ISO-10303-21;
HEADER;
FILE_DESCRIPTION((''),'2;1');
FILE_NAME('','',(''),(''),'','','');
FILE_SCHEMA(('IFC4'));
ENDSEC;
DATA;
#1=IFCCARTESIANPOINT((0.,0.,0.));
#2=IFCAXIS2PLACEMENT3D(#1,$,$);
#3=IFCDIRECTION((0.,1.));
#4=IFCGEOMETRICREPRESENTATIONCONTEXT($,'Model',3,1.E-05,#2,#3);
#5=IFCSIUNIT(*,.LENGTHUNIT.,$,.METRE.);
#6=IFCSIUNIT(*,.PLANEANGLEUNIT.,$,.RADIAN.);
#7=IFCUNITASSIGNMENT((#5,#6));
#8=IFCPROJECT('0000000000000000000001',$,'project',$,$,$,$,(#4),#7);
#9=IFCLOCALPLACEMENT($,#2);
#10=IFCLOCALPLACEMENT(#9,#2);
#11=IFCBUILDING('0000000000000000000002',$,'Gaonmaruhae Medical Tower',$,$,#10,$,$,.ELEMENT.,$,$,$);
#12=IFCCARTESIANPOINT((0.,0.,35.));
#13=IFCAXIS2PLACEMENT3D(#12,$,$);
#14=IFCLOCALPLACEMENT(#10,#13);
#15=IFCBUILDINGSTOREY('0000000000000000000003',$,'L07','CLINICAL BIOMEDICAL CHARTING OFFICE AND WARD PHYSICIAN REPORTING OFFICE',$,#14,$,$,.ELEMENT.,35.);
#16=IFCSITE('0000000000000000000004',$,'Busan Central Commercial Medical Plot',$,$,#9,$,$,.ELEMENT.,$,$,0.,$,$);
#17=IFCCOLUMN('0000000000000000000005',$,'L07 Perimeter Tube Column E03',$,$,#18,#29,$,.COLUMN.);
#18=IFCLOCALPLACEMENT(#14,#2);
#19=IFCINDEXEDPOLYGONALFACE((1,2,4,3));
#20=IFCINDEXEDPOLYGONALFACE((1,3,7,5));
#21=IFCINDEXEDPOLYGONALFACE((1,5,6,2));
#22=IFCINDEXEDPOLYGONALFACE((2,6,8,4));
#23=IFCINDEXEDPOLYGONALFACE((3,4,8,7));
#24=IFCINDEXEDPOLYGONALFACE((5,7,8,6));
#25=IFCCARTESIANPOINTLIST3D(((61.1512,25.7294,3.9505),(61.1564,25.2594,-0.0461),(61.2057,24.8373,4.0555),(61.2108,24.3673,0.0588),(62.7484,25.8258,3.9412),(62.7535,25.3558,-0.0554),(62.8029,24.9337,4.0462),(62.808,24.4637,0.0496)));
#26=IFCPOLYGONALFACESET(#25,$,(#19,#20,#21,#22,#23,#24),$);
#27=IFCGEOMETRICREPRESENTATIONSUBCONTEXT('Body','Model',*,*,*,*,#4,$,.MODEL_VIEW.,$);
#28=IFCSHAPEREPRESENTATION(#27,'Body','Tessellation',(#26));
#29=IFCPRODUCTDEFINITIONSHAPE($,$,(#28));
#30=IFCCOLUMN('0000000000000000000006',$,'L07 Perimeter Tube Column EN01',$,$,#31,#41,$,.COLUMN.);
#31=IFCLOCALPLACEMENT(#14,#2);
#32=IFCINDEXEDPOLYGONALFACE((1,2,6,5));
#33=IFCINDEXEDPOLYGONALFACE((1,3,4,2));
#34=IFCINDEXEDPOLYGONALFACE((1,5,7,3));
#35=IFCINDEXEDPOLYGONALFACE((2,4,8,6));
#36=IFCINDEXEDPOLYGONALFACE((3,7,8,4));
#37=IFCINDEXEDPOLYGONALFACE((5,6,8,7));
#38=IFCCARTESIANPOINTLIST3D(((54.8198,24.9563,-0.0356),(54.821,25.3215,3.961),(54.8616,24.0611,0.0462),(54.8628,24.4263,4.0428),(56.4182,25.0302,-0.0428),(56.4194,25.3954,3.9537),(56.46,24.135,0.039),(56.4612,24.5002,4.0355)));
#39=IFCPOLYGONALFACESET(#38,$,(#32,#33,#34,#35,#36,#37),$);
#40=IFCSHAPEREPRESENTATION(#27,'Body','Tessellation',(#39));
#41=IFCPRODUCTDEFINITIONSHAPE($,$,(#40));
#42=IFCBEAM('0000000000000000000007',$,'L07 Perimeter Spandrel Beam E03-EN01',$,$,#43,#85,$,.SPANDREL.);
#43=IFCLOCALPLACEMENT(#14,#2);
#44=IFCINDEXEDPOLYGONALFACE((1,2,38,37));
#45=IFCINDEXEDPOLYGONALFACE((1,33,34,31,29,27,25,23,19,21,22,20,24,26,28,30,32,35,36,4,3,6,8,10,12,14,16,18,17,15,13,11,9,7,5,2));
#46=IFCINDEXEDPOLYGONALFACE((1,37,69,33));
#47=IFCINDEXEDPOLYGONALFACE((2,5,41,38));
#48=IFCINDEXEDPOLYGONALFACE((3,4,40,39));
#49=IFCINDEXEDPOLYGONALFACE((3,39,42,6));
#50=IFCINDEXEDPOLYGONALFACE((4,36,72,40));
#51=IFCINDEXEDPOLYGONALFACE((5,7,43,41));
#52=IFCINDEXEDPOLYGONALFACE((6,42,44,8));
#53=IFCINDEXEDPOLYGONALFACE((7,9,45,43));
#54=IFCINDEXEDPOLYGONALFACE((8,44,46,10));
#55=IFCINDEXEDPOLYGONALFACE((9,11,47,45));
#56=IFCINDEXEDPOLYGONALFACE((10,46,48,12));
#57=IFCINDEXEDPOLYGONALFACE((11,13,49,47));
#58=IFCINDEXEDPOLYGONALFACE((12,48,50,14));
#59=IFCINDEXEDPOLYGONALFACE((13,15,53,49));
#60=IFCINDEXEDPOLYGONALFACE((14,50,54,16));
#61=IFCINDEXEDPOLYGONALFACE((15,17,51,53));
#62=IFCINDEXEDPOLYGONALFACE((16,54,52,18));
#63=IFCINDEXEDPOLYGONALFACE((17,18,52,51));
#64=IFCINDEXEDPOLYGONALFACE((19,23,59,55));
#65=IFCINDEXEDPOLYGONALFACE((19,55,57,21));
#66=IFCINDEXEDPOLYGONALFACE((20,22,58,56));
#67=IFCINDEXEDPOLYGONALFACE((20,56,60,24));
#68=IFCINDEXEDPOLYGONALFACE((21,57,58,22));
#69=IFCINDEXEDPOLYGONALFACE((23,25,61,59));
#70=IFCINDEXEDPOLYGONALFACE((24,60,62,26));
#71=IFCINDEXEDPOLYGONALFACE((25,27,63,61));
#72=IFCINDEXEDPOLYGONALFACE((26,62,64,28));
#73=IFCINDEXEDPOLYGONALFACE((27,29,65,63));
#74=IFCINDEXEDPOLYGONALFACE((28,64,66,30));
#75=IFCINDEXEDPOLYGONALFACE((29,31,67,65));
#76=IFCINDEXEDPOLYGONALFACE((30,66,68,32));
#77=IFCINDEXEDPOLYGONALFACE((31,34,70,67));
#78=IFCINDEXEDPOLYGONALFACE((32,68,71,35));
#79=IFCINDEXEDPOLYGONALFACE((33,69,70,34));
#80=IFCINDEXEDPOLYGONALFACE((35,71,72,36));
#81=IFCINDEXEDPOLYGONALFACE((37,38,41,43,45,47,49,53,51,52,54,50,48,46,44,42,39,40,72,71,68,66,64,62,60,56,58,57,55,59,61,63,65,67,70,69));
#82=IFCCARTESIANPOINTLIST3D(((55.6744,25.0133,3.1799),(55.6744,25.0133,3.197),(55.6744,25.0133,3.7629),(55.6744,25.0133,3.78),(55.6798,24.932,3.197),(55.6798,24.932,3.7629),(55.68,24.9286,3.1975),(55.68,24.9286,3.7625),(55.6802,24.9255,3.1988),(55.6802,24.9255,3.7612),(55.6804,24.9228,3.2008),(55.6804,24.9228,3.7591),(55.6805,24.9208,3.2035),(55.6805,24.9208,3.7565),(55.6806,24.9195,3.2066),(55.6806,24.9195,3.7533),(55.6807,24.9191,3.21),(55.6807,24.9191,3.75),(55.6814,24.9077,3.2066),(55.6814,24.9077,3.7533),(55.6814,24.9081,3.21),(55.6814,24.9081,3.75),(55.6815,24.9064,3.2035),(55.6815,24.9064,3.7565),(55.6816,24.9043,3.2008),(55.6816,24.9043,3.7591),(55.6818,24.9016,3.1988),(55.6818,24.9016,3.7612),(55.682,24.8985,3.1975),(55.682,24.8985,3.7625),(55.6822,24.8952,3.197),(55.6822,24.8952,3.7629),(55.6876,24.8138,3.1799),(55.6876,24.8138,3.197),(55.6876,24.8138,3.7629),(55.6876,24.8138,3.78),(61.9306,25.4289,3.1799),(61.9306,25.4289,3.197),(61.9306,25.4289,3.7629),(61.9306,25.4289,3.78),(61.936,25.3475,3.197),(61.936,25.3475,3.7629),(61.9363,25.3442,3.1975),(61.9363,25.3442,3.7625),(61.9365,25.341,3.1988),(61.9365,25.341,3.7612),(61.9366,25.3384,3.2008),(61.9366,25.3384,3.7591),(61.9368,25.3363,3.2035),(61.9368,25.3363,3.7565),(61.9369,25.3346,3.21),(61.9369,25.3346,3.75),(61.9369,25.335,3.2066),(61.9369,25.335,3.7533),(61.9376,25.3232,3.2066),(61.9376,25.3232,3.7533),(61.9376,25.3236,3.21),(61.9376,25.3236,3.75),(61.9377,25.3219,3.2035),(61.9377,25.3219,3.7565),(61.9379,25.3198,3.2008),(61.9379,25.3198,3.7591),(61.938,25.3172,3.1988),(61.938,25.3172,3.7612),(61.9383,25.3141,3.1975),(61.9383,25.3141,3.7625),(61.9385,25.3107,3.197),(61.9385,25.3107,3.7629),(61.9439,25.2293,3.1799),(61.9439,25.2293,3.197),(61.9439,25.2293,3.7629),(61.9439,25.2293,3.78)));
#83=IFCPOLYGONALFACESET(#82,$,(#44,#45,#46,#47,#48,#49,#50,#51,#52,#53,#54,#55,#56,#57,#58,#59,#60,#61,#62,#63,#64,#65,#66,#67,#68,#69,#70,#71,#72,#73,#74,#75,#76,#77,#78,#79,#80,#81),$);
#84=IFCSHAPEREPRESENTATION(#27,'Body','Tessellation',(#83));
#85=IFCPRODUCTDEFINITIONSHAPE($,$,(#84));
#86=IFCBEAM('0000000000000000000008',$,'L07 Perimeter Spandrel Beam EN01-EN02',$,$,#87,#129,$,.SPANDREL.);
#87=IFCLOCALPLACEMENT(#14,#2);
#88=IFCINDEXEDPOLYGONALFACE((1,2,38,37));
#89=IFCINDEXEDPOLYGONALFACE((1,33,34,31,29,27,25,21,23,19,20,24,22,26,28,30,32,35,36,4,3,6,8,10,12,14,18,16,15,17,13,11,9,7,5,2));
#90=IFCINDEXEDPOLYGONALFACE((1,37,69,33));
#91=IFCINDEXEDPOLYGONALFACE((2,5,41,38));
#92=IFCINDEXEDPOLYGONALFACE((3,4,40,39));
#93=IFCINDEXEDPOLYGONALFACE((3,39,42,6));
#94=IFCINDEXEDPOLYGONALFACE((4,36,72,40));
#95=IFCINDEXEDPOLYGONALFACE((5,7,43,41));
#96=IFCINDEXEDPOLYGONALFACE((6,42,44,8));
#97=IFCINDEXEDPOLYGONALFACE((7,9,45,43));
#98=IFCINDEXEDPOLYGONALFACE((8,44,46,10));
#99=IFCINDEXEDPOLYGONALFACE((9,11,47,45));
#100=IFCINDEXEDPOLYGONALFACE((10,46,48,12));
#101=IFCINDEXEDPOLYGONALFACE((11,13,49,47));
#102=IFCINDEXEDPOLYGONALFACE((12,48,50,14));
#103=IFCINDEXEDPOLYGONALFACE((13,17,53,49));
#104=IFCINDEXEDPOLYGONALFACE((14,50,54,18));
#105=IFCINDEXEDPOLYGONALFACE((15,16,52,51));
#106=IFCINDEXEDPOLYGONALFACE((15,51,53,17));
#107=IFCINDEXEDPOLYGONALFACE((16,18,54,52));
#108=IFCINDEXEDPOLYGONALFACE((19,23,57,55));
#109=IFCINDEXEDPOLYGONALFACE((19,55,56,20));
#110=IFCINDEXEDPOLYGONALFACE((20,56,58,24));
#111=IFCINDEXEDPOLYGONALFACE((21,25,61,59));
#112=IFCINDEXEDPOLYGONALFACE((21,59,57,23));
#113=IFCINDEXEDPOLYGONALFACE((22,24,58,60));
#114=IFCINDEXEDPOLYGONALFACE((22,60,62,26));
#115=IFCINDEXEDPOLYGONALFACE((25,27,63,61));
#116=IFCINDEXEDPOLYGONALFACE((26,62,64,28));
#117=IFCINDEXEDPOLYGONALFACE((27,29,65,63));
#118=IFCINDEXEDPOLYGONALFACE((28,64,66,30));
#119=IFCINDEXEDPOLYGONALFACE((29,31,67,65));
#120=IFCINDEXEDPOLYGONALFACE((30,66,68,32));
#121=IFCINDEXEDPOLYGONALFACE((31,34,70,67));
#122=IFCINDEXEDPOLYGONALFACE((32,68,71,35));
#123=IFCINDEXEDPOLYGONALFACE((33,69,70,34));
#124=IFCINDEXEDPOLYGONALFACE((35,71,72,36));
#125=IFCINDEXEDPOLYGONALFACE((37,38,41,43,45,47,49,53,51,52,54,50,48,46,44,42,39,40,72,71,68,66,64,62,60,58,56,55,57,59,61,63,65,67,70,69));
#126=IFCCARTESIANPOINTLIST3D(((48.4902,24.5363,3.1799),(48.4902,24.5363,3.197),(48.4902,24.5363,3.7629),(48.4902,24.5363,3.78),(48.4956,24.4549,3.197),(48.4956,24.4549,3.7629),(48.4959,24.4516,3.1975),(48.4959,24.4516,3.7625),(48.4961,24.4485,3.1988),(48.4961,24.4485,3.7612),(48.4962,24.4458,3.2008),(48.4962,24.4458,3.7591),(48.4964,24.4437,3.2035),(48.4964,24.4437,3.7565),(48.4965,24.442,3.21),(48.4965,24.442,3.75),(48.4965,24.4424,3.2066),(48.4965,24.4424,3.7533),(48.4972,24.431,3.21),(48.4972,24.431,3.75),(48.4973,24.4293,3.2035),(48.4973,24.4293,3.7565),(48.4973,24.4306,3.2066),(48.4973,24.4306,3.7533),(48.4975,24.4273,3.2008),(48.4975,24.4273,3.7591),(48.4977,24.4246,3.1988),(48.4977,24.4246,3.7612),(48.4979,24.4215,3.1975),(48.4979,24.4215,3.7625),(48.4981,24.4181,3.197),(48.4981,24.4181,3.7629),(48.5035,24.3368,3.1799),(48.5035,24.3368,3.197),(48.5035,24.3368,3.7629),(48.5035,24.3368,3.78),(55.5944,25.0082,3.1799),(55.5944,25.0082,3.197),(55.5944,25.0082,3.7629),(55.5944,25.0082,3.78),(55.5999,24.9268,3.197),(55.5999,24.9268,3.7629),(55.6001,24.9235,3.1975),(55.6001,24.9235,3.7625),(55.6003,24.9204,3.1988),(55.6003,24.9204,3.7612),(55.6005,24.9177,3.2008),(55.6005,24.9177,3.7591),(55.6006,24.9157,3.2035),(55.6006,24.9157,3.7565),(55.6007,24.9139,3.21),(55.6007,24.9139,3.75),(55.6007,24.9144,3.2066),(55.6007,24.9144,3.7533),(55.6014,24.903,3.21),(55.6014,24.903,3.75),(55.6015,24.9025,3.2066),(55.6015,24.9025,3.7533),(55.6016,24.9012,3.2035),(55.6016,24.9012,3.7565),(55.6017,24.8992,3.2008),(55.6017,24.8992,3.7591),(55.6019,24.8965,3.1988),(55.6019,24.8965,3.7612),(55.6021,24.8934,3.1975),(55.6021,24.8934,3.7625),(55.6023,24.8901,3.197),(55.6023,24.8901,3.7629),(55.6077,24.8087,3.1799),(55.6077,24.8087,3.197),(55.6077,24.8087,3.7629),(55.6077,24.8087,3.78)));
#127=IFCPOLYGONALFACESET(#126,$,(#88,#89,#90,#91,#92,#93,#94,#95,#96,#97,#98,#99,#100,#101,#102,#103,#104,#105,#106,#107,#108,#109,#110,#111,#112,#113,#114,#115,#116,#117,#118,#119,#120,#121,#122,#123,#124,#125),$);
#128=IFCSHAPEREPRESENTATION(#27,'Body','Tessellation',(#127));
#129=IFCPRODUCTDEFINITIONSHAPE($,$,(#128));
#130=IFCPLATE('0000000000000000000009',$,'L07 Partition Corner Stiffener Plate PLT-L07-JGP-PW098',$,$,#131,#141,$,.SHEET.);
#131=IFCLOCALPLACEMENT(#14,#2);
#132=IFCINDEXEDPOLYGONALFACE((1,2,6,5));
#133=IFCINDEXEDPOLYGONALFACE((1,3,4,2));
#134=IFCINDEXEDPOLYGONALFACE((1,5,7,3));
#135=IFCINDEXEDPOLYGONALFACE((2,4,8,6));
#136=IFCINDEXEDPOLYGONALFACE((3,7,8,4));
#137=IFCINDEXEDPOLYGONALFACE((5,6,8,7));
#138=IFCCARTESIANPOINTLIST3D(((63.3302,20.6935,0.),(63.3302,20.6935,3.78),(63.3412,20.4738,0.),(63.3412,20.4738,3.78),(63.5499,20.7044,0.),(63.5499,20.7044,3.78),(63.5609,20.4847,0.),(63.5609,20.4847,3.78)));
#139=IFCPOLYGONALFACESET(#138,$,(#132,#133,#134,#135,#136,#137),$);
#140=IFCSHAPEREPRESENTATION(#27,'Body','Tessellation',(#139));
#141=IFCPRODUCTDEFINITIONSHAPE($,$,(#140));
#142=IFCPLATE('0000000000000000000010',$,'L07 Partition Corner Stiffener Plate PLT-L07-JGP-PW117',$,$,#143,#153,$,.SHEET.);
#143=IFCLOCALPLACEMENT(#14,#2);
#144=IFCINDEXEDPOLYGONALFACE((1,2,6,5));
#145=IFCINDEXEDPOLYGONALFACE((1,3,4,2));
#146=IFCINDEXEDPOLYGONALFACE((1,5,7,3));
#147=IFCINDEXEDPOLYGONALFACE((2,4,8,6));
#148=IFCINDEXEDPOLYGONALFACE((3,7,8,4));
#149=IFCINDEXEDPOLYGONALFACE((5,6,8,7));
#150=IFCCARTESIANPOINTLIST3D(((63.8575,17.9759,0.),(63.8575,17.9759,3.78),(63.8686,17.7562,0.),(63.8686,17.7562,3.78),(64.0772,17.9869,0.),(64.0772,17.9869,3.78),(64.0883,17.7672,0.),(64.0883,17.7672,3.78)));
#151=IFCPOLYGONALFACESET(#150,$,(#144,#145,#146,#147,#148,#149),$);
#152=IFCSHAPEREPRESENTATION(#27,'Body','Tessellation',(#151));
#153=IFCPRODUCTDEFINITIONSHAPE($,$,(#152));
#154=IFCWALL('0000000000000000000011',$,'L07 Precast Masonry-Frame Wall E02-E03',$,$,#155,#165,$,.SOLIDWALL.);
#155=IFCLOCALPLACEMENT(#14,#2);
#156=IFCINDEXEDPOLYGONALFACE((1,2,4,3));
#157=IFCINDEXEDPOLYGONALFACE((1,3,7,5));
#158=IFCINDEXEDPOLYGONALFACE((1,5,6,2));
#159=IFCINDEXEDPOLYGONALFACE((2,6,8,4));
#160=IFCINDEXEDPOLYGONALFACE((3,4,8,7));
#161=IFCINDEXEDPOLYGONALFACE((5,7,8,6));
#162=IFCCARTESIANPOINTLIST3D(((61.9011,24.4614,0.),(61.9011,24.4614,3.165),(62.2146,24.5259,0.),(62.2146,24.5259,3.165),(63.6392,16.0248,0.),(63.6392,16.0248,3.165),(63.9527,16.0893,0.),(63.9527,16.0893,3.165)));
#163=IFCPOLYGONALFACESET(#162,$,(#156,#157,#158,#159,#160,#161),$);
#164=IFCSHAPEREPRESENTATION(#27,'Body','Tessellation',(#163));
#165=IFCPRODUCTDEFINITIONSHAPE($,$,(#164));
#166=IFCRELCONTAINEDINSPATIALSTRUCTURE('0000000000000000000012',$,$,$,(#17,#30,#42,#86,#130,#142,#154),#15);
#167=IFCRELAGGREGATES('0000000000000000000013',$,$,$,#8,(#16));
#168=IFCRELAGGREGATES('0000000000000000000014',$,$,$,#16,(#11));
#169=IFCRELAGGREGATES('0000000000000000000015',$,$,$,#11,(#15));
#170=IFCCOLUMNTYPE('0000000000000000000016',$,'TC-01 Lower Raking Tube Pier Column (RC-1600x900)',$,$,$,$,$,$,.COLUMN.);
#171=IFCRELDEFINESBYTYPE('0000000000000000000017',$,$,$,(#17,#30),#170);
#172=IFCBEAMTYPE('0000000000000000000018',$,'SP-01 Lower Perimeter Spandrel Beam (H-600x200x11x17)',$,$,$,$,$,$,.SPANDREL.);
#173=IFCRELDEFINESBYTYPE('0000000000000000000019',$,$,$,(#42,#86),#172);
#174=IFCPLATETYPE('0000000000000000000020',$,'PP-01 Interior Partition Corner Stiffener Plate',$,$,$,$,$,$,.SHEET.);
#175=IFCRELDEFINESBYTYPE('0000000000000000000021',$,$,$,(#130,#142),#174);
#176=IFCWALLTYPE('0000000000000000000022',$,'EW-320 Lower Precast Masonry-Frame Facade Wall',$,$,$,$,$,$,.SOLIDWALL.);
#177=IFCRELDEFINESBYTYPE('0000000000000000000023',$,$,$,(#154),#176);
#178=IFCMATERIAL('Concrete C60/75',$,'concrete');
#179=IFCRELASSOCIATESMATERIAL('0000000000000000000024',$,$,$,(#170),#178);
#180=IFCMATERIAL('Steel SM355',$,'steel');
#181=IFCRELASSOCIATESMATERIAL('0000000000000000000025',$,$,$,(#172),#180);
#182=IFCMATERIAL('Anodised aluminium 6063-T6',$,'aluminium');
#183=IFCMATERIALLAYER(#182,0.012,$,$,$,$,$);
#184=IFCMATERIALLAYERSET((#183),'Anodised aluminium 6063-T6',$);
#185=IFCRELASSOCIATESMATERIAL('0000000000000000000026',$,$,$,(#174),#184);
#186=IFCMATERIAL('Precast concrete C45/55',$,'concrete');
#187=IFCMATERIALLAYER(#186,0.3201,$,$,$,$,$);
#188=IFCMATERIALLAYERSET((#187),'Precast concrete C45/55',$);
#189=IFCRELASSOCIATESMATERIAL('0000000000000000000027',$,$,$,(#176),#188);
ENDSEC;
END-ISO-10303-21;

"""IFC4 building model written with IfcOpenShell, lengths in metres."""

from ifc_helpers import new_model, si_unit, direction, frame, frame_2d, origin, origin_2d, place, context, subcontext, project, spatial, rectangle, i_section, extrude, material, layer, layer_set, material_profile, profile_set, type_object, element, save


model = new_model("IFC4")

# Units and contexts
model_context = context("Model", 3, precision=1e-05, world=origin(), true_north=direction((0.0, 1.0)))
body_context = subcontext(model_context, "Body", "Model", "MODEL_VIEW")
ifc_project = project(units=[si_unit("LENGTHUNIT", "METRE"), si_unit("PLANEANGLEUNIT", "RADIAN")], contexts=[model_context])

# Site, building, storey
site_placement = place(None, origin())
site = spatial("IfcSite", under=ifc_project, at=site_placement, Name="Busan Central Commercial Medical Plot", CompositionType="ELEMENT", RefElevation=0.0)
building_placement = place(site_placement, origin())
building = spatial("IfcBuilding", under=site, at=building_placement, Name="Gaonmaruhae Medical Tower", CompositionType="ELEMENT")
storey_placement = place(building_placement, frame((0.0, 0.0, 35.0)))
storey = spatial("IfcBuildingStorey", under=building, at=storey_placement, Name="L07", Description="CLINICAL BIOMEDICAL CHARTING OFFICE AND WARD PHYSICIAN REPORTING OFFICE", CompositionType="ELEMENT", Elevation=35.0)

# Columns
ifc_material_1 = material(Name="Concrete C60/75", Category="concrete")
ifc_material_profile_1 = material_profile(ifc_material_1, rectangle(XDim=1.6001, YDim=0.8999, at=origin_2d()), Name="RC-1600x900")
ifc_profile_set_1 = profile_set([ifc_material_profile_1], Name="Concrete C60/75")
column_type = type_object("IfcColumnType", Name="TC-01 Lower Raking Tube Pier Column (RC-1600x900)", PredefinedType="COLUMN", material=ifc_profile_set_1)
column_1_placement = place(storey_placement, frame((61.9822, 24.8616, 0.0017), z_axis=(-0.001274, 0.116788, 0.993156), x_axis=(-0.998165, -0.060273, 0.005807)))
element("IfcColumn", 1, at=column_1_placement, inside=storey, type_object=column_type, Name="L07 Perimeter Tube Column E03", PredefinedType="COLUMN", context=body_context, shape_type="SweptSolid", body=[
    extrude(rectangle(XDim=1.6001, YDim=0.8999, at=origin_2d()), origin(), (0.0, 0.0, 1.0), 4.0242),
])
column_2_placement = place(storey_placement, frame((55.6399, 24.5457, 0.0017), z_axis=(0.000304, 0.091007, 0.99585), x_axis=(-0.998923, -0.046177, 0.004525)))
element("IfcColumn", 2, at=column_2_placement, inside=storey, type_object=column_type, Name="L07 Perimeter Tube Column EN01", PredefinedType="COLUMN", context=body_context, shape_type="SweptSolid", body=[
    extrude(rectangle(XDim=1.6001, YDim=0.8999, at=origin_2d()), origin(), (0.0, 0.0, 1.0), 4.0132),
])

# Beams
ifc_material_2 = material(Name="Steel SM355", Category="steel")
ifc_material_profile_2 = material_profile(ifc_material_2, i_section(OverallWidth=0.2, OverallDepth=0.6001, WebThickness=0.011, FlangeThickness=0.0171, FilletRadius=0.0129, at=origin_2d()), Name="H-600x200x11x17")
ifc_profile_set_2 = profile_set([ifc_material_profile_2], Name="Steel SM355")
beam_type = type_object("IfcBeamType", Name="SP-01 Lower Perimeter Spandrel Beam (H-600x200x11x17)", PredefinedType="SPANDREL", material=ifc_profile_set_2)
beam_1_placement = place(storey_placement, frame((61.9373, 25.3291, 3.48), z_axis=(-0.997802, -0.066271, 0.0), x_axis=(0.066271, -0.997802, 0.0)))
element("IfcBeam", 3, at=beam_1_placement, inside=storey, type_object=beam_type, Name="L07 Perimeter Spandrel Beam E03-EN01", PredefinedType="SPANDREL", context=body_context, shape_type="SweptSolid", body=[
    extrude(i_section(OverallWidth=0.2, OverallDepth=0.6001, WebThickness=0.011, FlangeThickness=0.0171, FilletRadius=0.0129, at=origin_2d()), origin(), (0.0, 0.0, 1.0), 6.27),
])
beam_2_placement = place(storey_placement, frame((55.6011, 24.9084, 3.48), z_axis=(-0.997801, -0.066282, 0.0), x_axis=(0.066282, -0.997801, 0.0)))
element("IfcBeam", 4, at=beam_2_placement, inside=storey, type_object=beam_type, Name="L07 Perimeter Spandrel Beam EN01-EN02", PredefinedType="SPANDREL", context=body_context, shape_type="SweptSolid", body=[
    extrude(i_section(OverallWidth=0.2, OverallDepth=0.6001, WebThickness=0.011, FlangeThickness=0.0171, FilletRadius=0.0129, at=origin_2d()), origin(), (0.0, 0.0, 1.0), 7.1199),
])

# Plates
ifc_material_3 = material(Name="Anodised aluminium 6063-T6", Category="aluminium")
ifc_layer_1 = layer(ifc_material_3, 0.012)
ifc_layer_set_1 = layer_set([ifc_layer_1], Name="Anodised aluminium 6063-T6")
plate_type = type_object("IfcPlateType", Name="PP-01 Interior Partition Corner Stiffener Plate", PredefinedType="SHEET", material=ifc_layer_set_1)
for number, where, z_axis, x_axis, name in (
    (5, (63.4456, 20.5891, 0.0), (0.0, 0.0, 1.0), (-0.998755, -0.049878, 0.0), "L07 Partition Corner Stiffener Plate PLT-L07-JGP-PW098"),
    (6, (63.9729, 17.8716, 0.0), (0.0, 0.0, 1.0), (0.998747, 0.050053, 0.0), "L07 Partition Corner Stiffener Plate PLT-L07-JGP-PW117"),
):
    element("IfcPlate", number, at=place(storey_placement, frame(where, z_axis=z_axis, x_axis=x_axis)), inside=storey, type_object=plate_type, Name=name, PredefinedType="SHEET", context=body_context, shape_type="SweptSolid", body=[
        extrude(rectangle(XDim=0.22, YDim=0.22, at=origin_2d()), origin(), (0.0, 0.0, 1.0), 3.78),
    ])

# Wall
ifc_material_4 = material(Name="Precast concrete C45/55", Category="concrete")
ifc_layer_2 = layer(ifc_material_4, 0.3201)
ifc_layer_set_2 = layer_set([ifc_layer_2], Name="Precast concrete C45/55")
wall_type_1 = type_object("IfcWallType", Name="EW-320 Lower Precast Masonry-Frame Facade Wall", PredefinedType="SOLIDWALL", material=ifc_layer_set_2)
wall_1_placement = place(storey_placement, frame((62.0579, 24.4937, 0.0), z_axis=(0.0, 0.0, 1.0), x_axis=(0.201776, -0.979432, 0.0)))
element("IfcWall", 7, at=wall_1_placement, inside=storey, type_object=wall_type_1, Name="L07 Precast Masonry-Frame Wall E02-E03", PredefinedType="SOLIDWALL", context=body_context, shape_type="SweptSolid", body=[
    extrude(rectangle(XDim=8.6138, YDim=0.3201, at=frame_2d((4.3069, 0.0))), origin(), (0.0, 0.0, 1.0), 3.165),
])

save(model, "model.ifc")
